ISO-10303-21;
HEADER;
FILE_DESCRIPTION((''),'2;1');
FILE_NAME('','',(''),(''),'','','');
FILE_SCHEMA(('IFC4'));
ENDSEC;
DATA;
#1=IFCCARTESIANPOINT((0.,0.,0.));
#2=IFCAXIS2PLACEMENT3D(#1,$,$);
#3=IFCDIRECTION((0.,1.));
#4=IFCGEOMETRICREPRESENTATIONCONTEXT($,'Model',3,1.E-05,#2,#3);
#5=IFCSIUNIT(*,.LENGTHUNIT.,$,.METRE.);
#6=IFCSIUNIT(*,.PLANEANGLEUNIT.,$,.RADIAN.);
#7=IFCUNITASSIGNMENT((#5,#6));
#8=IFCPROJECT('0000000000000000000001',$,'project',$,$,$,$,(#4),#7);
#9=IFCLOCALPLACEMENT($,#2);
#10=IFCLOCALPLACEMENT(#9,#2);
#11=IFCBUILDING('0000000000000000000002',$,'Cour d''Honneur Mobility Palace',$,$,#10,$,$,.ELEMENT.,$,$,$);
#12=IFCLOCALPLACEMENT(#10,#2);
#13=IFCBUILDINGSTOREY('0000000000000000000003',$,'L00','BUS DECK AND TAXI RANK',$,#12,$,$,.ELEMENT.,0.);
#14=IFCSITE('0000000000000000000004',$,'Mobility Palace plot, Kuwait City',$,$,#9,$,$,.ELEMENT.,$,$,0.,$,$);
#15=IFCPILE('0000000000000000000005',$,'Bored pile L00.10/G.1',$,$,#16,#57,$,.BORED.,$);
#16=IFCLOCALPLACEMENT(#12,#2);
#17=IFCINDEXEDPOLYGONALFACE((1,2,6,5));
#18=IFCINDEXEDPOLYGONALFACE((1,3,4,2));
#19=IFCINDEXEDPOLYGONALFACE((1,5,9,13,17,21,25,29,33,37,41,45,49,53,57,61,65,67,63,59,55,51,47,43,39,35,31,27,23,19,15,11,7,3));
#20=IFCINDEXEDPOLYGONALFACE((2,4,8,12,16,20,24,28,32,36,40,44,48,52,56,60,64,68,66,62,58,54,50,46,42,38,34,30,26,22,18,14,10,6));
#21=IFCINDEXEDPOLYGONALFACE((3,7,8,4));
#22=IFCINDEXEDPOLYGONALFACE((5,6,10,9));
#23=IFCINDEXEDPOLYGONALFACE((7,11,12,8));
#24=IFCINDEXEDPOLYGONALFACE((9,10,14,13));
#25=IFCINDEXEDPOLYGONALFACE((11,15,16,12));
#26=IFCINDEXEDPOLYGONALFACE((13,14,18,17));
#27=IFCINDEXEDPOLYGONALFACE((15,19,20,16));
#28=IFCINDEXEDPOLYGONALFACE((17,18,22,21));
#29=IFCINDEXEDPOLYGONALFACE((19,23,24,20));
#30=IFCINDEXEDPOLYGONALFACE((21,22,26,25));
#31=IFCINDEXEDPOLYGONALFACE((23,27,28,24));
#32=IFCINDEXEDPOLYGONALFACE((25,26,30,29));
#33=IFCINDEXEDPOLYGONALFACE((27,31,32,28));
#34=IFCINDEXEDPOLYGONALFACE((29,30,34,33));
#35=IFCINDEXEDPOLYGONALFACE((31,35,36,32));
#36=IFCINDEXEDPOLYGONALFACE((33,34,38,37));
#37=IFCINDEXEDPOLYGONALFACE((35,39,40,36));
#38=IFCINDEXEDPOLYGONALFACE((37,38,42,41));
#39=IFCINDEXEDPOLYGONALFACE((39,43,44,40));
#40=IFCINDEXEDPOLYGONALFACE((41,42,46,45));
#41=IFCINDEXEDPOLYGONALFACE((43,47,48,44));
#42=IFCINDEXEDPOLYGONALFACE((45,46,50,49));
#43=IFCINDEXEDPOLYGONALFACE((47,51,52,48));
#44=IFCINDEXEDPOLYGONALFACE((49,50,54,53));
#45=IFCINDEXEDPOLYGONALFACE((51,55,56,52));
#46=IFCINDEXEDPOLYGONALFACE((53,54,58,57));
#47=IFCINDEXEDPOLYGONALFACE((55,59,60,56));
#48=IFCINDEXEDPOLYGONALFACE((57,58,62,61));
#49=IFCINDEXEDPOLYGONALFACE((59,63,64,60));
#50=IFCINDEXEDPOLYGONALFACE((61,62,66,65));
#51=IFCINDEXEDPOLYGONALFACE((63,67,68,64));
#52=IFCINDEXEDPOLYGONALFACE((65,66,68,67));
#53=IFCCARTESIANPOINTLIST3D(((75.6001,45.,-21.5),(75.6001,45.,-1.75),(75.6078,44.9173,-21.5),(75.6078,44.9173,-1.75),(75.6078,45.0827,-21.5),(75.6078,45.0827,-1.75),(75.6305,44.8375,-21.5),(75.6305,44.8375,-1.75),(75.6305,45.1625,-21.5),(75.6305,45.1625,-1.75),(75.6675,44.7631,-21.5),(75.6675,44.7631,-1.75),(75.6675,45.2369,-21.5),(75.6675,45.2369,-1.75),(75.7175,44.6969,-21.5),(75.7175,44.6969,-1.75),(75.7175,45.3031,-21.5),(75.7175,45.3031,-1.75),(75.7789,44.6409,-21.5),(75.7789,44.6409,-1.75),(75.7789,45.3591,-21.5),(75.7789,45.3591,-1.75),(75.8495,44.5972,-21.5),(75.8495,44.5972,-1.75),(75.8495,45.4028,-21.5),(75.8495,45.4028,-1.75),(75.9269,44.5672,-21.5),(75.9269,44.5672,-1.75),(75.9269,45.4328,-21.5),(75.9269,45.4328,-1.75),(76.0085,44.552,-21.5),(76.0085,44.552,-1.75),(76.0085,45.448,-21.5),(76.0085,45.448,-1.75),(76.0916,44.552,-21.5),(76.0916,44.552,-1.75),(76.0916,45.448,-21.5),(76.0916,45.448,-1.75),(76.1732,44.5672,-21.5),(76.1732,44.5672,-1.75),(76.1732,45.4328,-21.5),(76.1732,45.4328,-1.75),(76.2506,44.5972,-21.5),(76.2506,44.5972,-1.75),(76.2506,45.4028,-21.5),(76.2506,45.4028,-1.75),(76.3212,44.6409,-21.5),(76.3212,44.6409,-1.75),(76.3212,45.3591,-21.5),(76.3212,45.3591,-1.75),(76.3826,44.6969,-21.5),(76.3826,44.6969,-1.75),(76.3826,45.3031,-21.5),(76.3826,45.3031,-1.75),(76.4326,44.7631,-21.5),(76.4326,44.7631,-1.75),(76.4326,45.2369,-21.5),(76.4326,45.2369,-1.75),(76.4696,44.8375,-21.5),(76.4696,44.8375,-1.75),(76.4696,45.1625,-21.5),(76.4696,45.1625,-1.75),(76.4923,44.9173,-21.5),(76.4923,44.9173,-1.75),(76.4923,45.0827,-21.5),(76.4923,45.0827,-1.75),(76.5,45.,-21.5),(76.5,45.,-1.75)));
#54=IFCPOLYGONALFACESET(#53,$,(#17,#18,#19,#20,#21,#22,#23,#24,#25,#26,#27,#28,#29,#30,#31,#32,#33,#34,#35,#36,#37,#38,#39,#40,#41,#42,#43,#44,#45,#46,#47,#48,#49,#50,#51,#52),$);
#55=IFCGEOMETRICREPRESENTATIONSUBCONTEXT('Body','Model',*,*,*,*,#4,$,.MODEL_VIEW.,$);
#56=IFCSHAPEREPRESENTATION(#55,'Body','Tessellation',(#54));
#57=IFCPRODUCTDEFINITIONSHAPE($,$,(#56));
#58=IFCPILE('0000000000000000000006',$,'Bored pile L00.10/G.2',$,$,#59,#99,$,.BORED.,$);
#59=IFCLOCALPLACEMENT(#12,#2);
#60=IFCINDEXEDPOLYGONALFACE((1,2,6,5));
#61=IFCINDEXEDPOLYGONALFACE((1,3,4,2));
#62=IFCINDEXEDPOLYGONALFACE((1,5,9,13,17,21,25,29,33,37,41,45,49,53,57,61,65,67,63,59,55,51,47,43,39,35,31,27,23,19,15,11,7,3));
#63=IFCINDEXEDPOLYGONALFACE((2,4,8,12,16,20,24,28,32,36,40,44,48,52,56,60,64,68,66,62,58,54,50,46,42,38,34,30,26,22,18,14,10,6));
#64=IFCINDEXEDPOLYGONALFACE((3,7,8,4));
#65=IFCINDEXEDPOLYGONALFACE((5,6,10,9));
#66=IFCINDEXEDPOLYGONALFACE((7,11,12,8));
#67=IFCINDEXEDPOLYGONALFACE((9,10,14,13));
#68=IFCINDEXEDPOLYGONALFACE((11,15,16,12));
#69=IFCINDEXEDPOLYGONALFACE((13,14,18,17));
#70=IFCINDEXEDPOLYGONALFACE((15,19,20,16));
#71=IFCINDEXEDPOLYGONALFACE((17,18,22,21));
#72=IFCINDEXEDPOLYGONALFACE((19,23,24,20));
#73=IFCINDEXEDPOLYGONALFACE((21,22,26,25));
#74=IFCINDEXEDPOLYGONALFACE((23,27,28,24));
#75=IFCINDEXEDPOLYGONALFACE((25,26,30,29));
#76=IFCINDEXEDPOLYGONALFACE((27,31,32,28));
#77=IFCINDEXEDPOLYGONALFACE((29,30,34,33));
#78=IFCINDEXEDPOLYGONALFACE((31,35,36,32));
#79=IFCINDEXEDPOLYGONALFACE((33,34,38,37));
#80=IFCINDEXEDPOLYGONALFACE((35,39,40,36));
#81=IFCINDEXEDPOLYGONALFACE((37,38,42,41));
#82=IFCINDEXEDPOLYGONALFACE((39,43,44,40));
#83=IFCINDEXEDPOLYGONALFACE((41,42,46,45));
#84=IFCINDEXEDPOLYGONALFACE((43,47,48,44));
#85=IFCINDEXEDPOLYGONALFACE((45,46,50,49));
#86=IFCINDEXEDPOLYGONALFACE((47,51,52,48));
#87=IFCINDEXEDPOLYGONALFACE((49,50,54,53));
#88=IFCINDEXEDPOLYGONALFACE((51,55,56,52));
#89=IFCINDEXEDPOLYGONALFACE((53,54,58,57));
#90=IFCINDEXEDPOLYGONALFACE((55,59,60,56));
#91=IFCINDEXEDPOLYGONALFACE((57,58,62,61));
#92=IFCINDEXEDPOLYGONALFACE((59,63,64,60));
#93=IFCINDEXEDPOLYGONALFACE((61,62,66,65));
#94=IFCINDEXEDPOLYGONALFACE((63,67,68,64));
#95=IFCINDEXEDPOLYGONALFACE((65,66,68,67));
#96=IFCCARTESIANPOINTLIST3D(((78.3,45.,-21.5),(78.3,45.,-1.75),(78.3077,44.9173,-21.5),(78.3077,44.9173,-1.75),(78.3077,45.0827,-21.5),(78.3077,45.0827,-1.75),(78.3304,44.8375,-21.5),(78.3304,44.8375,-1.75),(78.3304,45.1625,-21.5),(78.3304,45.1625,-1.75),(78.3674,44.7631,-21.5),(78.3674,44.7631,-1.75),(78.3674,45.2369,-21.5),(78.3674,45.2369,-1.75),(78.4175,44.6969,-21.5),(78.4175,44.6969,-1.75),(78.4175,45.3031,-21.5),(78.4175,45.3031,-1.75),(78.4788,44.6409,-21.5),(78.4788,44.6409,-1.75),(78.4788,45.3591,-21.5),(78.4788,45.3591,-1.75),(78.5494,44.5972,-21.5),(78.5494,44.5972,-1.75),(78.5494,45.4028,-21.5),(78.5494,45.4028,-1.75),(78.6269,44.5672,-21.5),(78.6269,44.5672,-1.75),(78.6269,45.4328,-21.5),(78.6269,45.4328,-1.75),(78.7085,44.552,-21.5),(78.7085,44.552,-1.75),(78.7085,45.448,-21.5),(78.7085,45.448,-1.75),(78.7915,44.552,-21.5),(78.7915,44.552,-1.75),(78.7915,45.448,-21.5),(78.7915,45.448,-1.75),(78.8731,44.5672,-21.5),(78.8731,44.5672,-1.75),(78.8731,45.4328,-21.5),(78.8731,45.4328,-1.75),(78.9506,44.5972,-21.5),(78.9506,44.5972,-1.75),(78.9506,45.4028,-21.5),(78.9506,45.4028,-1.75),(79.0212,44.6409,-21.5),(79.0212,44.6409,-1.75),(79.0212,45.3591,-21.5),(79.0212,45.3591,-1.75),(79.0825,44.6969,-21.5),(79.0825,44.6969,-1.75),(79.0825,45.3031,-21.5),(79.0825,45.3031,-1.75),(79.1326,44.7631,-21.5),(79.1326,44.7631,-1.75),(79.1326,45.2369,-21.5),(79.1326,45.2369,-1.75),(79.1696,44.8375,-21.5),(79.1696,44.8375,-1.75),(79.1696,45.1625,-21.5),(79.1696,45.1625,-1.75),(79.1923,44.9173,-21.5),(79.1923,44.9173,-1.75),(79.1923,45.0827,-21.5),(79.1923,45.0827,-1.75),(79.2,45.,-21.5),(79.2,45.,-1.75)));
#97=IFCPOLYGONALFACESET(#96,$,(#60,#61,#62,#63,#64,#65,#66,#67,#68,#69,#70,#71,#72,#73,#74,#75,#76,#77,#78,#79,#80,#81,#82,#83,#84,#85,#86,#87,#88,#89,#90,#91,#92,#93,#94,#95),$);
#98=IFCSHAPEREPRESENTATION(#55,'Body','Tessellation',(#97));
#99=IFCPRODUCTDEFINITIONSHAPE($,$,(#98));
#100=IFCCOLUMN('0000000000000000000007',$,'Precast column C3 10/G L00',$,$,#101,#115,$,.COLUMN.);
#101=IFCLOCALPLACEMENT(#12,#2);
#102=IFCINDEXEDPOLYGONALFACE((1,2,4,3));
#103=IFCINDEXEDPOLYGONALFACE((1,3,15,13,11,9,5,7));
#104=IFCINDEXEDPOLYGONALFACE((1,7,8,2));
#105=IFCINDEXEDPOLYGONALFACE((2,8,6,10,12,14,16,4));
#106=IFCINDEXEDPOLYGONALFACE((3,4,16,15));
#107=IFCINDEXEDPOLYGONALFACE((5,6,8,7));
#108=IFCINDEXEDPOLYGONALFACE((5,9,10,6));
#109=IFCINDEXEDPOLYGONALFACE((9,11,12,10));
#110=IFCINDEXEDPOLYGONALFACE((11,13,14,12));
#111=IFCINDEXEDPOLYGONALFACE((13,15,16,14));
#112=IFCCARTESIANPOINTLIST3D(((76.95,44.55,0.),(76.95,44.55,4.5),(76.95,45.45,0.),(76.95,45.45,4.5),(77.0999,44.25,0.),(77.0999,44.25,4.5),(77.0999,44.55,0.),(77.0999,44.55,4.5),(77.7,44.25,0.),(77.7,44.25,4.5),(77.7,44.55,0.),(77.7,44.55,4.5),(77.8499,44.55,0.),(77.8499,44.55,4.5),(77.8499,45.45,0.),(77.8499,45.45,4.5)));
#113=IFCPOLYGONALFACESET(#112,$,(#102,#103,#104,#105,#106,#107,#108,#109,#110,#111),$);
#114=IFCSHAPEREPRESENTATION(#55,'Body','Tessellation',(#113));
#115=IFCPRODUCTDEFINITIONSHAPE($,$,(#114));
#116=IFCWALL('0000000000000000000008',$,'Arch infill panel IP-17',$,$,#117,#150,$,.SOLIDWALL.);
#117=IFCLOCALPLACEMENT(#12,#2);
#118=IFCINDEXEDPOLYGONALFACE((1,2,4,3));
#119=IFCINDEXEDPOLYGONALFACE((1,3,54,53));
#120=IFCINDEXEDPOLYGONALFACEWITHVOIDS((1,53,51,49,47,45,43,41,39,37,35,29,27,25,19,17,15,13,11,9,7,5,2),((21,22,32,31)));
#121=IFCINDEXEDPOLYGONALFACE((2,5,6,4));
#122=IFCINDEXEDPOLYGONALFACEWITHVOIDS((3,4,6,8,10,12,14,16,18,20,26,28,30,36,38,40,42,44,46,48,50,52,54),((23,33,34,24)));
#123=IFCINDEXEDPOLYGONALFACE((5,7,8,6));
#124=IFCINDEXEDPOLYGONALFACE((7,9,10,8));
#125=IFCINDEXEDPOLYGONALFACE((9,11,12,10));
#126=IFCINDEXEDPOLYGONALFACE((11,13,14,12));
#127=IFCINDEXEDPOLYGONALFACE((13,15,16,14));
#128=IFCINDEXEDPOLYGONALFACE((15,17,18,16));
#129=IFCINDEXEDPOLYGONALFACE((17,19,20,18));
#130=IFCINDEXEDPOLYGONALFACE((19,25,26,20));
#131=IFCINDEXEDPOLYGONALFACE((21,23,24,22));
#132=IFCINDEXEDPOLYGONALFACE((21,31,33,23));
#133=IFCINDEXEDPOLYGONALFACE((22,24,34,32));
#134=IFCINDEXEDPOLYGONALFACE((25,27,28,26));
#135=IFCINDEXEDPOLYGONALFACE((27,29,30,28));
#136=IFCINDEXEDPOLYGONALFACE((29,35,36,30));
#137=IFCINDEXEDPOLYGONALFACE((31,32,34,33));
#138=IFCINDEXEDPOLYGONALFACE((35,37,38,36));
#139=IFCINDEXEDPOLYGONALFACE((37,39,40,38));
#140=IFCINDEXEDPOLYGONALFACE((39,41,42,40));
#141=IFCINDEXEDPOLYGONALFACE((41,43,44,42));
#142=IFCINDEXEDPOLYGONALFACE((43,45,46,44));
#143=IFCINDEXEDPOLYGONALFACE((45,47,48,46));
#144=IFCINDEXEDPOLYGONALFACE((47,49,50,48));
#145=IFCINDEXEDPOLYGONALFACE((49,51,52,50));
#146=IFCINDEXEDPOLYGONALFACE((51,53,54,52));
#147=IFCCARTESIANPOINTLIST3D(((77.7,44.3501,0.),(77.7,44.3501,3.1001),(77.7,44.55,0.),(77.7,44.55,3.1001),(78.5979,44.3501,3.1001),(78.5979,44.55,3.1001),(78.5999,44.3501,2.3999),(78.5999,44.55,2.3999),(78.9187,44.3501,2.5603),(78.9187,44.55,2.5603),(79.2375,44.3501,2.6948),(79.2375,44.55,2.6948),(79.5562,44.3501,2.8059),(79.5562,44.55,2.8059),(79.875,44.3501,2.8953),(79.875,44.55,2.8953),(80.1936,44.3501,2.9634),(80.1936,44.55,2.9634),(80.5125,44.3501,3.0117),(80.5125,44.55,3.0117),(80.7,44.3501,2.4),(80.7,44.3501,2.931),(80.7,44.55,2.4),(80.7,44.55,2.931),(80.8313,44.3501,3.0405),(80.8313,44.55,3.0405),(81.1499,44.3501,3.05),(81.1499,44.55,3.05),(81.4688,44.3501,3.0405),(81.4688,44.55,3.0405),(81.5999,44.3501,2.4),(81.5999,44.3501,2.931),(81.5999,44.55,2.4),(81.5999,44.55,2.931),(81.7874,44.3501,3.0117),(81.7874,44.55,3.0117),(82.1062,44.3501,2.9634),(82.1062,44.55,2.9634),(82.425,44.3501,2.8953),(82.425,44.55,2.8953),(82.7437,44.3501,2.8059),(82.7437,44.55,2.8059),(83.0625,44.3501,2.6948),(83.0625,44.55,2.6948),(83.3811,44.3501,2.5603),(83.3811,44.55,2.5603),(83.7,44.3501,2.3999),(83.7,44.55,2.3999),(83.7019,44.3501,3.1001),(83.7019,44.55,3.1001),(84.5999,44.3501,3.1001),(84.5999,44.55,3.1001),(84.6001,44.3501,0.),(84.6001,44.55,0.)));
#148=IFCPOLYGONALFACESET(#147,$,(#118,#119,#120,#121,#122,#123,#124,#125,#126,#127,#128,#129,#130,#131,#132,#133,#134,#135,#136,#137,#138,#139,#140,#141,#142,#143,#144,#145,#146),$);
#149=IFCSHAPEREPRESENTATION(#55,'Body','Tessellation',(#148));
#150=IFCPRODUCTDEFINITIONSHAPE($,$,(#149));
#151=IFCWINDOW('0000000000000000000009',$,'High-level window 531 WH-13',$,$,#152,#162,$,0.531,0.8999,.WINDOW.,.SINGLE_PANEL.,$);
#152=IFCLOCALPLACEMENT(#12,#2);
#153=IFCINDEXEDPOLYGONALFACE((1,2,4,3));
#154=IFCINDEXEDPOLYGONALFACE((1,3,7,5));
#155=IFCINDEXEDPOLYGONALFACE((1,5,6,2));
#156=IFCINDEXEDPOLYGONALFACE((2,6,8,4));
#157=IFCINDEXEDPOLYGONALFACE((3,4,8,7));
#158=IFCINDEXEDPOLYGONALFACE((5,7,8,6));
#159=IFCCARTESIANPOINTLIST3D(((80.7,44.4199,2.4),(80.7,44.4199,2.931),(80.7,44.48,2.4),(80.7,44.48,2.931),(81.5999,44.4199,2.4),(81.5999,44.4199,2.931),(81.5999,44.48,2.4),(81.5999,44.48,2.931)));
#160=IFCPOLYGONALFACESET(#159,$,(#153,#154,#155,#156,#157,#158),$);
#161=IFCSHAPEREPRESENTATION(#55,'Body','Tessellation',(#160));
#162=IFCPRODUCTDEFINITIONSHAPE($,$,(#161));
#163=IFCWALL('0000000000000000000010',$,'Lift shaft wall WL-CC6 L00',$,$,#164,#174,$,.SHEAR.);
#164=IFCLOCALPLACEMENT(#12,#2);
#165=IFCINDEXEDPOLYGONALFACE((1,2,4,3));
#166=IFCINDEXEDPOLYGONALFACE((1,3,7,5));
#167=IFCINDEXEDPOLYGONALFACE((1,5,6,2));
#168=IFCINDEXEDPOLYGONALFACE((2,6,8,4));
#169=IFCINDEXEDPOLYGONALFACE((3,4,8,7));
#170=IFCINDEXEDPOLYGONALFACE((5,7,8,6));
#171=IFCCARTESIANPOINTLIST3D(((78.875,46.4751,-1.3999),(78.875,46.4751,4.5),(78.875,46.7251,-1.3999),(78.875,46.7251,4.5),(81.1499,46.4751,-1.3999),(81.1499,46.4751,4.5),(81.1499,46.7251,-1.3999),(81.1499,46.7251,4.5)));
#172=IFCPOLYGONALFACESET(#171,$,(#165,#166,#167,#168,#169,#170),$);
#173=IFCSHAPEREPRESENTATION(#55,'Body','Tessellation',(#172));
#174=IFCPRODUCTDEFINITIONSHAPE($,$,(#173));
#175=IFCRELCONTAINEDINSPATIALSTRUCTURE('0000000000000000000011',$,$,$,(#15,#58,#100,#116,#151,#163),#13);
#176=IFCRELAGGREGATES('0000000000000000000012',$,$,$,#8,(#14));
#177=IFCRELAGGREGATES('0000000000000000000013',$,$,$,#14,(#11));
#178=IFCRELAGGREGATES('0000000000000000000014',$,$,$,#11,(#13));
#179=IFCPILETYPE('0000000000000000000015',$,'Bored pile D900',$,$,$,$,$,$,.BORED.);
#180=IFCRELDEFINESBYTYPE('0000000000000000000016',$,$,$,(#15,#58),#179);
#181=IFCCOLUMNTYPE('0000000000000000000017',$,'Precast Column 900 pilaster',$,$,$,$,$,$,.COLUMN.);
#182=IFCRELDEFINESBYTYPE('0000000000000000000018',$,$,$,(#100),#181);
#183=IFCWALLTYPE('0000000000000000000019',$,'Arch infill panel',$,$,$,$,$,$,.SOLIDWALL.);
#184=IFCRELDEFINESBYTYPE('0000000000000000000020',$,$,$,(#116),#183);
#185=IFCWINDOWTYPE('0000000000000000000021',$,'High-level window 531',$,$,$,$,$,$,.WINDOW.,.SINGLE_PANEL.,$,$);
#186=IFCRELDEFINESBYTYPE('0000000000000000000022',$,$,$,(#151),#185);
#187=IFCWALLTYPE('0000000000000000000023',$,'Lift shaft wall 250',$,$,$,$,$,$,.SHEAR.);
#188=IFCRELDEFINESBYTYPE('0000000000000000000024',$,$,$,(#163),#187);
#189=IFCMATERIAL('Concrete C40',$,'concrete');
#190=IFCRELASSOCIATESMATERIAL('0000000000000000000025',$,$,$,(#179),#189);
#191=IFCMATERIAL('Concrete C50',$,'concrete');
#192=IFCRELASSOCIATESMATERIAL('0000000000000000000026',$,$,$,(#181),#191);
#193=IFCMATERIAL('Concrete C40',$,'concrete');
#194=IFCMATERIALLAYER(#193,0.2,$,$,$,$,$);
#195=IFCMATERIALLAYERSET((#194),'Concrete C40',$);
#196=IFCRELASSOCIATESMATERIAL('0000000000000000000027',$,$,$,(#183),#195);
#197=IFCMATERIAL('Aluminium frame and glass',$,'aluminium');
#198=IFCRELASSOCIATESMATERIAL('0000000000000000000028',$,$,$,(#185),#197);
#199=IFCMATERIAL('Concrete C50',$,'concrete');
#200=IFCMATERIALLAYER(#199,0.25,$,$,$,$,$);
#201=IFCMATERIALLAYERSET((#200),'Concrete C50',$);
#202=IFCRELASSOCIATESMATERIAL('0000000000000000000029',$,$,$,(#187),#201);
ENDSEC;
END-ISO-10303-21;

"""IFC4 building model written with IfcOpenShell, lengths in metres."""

from ifc_helpers import new_model, si_unit, direction, frame, frame_2d, origin, origin_2d, place, context, subcontext, project, spatial, polyline, rectangle, circle, outline, extrude, material, layer, layer_set, material_profile, profile_set, type_object, element, fill, save


model = new_model("IFC4")

# Units and contexts
model_context = context("Model", 3, precision=1e-05, world=origin(), true_north=direction((0.0, 1.0)))
body_context = subcontext(model_context, "Body", "Model", "MODEL_VIEW")
ifc_project = project(units=[si_unit("LENGTHUNIT", "METRE"), si_unit("PLANEANGLEUNIT", "RADIAN")], contexts=[model_context])

# Site, building, storey
site_placement = place(None, origin())
site = spatial("IfcSite", under=ifc_project, at=site_placement, Name="Mobility Palace plot, Kuwait City", CompositionType="ELEMENT", RefElevation=0.0)
building_placement = place(site_placement, origin())
building = spatial("IfcBuilding", under=site, at=building_placement, Name="Cour d'Honneur Mobility Palace", CompositionType="ELEMENT")
storey_placement = place(building_placement, origin())
storey = spatial("IfcBuildingStorey", under=building, at=storey_placement, Name="L00", Description="BUS DECK AND TAXI RANK", CompositionType="ELEMENT", Elevation=0.0)

# Piles
ifc_material_1 = material(Name="Concrete C40", Category="concrete")
ifc_material_profile_1 = material_profile(ifc_material_1, circle(Radius=0.45, at=origin_2d()), Name="Bored pile D900")
ifc_profile_set_1 = profile_set([ifc_material_profile_1], Name="Concrete C40")
pile_type = type_object("IfcPileType", Name="Bored pile D900", PredefinedType="BORED", material=ifc_profile_set_1)
for number, where, z_axis, x_axis, name in (
    (1, (76.05, 45.0, -1.75), (0.0, 0.0, -1.0), (1.0, 0.0, 0.0), "Bored pile L00.10/G.1"),
    (2, (78.75, 45.0, -1.75), (0.0, 0.0, -1.0), (1.0, 0.0, 0.0), "Bored pile L00.10/G.2"),
):
    element("IfcPile", number, at=place(storey_placement, frame(where, z_axis=z_axis, x_axis=x_axis)), inside=storey, type_object=pile_type, Name=name, PredefinedType="BORED", context=body_context, shape_type="SweptSolid", body=[
        extrude(circle(Radius=0.45, at=origin_2d()), origin(), (0.0, 0.0, 1.0), 19.75),
    ])

# Column
ifc_material_2 = material(Name="Concrete C50", Category="concrete")
ifc_material_profile_2 = material_profile(ifc_material_2, outline(polyline([(-0.45, -0.45), (0.45, -0.45), (0.45, -0.3), (0.75, -0.3), (0.75, 0.3), (0.45, 0.3), (0.45, 0.45), (-0.45, 0.45), (-0.45, -0.45)])), Name="PC C900 pilaster")
ifc_profile_set_2 = profile_set([ifc_material_profile_2], Name="Concrete C50")
column_type = type_object("IfcColumnType", Name="Precast Column 900 pilaster", PredefinedType="COLUMN", material=ifc_profile_set_2)
column_placement = place(storey_placement, frame((77.3999, 45.0, 0.0), z_axis=(0.0, 0.0, 1.0), x_axis=(0.0, -1.0, 0.0)))
element("IfcColumn", 3, at=column_placement, inside=storey, type_object=column_type, Name="Precast column C3 10/G L00", PredefinedType="COLUMN", context=body_context, shape_type="SweptSolid", body=[
    extrude(outline(polyline([(-0.45, -0.45), (0.45, -0.45), (0.45, -0.3), (0.75, -0.3), (0.75, 0.3), (0.45, 0.3), (0.45, 0.45), (-0.45, 0.45), (-0.45, -0.45)])), origin(), (0.0, 0.0, 1.0), 4.5),
])

# Wall, opening, window
ifc_material_3 = material(Name="Concrete C40", Category="concrete")
ifc_layer_1 = layer(ifc_material_3, 0.2)
ifc_layer_set_1 = layer_set([ifc_layer_1], Name="Concrete C40")
wall_type_1 = type_object("IfcWallType", Name="Arch infill panel", PredefinedType="SOLIDWALL", material=ifc_layer_set_1)
wall_1_placement = place(storey_placement, frame((77.7, 44.45, 0.0), z_axis=(0.0, 0.0, 1.0), x_axis=(1.0, 0.0, 0.0)))
wall_1 = element("IfcWall", 4, at=wall_1_placement, inside=storey, type_object=wall_type_1, Name="Arch infill panel IP-17", PredefinedType="SOLIDWALL", context=body_context, shape_type="SweptSolid", body=[
    extrude(outline(polyline([(0.0, 0.0), (6.9001, 0.0), (6.8999, 3.1001), (6.002, 3.1001), (6.0, 2.3999), (5.6812, 2.5603), (5.3625, 2.6948), (5.0437, 2.8059), (4.7251, 2.8953), (4.4062, 2.9634), (4.0874, 3.0117), (3.7688, 3.0405), (3.45, 3.05), (3.1313, 3.0405), (2.8125, 3.0117), (2.4937, 2.9634), (2.175, 2.8953), (1.8562, 2.8059), (1.5376, 2.6948), (1.2188, 2.5603), (0.8999, 2.3999), (0.8979, 3.1001), (0.0, 3.1001), (0.0, 0.0)])), frame((0.0, 0.1001, 0.0), z_axis=(0.0, -1.0, 0.0), x_axis=(1.0, 0.0, 0.0)), (0.0, 0.0, 1.0), 0.2),
])
opening_placement = place(wall_1_placement, frame((3.0, 0.0, 2.3999)))
opening = element("IfcOpeningElement", 5, at=opening_placement, cuts=wall_1, PredefinedType="OPENING", context=body_context, shape_type="SweptSolid", body=[
    extrude(rectangle(XDim=0.8999, YDim=0.531, at=frame_2d((0.45, 0.2656))), frame((0.0, 0.1099, 0.0), z_axis=(0.0, -1.0, 0.0), x_axis=(1.0, 0.0, 0.0)), (0.0, 0.0, 1.0), 0.22),
])
ifc_material_4 = material(Name="Aluminium frame and glass", Category="aluminium")
window_type = type_object("IfcWindowType", Name="High-level window 531", PartitioningType="SINGLE_PANEL", PredefinedType="WINDOW", material=ifc_material_4)
window_placement = place(opening_placement, origin())
window = element("IfcWindow", 6, at=window_placement, inside=storey, type_object=window_type, Name="High-level window 531 WH-13", OverallHeight=0.531, OverallWidth=0.8999, PartitioningType="SINGLE_PANEL", PredefinedType="WINDOW", context=body_context, shape_type="SweptSolid", body=[
    extrude(rectangle(XDim=0.8999, YDim=0.531, at=frame_2d((0.45, 0.2656))), frame((0.0, 0.03, 0.0), z_axis=(0.0, -1.0, 0.0), x_axis=(1.0, 0.0, 0.0)), (0.0, 0.0, 1.0), 0.0601),
])
fill(opening, window)

# Wall
ifc_material_5 = material(Name="Concrete C50", Category="concrete")
ifc_layer_2 = layer(ifc_material_5, 0.25)
ifc_layer_set_2 = layer_set([ifc_layer_2], Name="Concrete C50")
wall_type_2 = type_object("IfcWallType", Name="Lift shaft wall 250", PredefinedType="SHEAR", material=ifc_layer_set_2)
wall_2_placement = place(storey_placement, frame((78.875, 46.6001, -1.3999), z_axis=(0.0, 0.0, 1.0), x_axis=(1.0, 0.0, 0.0)))
element("IfcWall", 7, at=wall_2_placement, inside=storey, type_object=wall_type_2, Name="Lift shaft wall WL-CC6 L00", PredefinedType="SHEAR", context=body_context, shape_type="SweptSolid", body=[
    extrude(rectangle(XDim=2.2749, YDim=0.25, at=frame_2d((1.1375, 0.0))), origin(), (0.0, 0.0, 1.0), 5.8999),
])

save(model, "model.ifc")
